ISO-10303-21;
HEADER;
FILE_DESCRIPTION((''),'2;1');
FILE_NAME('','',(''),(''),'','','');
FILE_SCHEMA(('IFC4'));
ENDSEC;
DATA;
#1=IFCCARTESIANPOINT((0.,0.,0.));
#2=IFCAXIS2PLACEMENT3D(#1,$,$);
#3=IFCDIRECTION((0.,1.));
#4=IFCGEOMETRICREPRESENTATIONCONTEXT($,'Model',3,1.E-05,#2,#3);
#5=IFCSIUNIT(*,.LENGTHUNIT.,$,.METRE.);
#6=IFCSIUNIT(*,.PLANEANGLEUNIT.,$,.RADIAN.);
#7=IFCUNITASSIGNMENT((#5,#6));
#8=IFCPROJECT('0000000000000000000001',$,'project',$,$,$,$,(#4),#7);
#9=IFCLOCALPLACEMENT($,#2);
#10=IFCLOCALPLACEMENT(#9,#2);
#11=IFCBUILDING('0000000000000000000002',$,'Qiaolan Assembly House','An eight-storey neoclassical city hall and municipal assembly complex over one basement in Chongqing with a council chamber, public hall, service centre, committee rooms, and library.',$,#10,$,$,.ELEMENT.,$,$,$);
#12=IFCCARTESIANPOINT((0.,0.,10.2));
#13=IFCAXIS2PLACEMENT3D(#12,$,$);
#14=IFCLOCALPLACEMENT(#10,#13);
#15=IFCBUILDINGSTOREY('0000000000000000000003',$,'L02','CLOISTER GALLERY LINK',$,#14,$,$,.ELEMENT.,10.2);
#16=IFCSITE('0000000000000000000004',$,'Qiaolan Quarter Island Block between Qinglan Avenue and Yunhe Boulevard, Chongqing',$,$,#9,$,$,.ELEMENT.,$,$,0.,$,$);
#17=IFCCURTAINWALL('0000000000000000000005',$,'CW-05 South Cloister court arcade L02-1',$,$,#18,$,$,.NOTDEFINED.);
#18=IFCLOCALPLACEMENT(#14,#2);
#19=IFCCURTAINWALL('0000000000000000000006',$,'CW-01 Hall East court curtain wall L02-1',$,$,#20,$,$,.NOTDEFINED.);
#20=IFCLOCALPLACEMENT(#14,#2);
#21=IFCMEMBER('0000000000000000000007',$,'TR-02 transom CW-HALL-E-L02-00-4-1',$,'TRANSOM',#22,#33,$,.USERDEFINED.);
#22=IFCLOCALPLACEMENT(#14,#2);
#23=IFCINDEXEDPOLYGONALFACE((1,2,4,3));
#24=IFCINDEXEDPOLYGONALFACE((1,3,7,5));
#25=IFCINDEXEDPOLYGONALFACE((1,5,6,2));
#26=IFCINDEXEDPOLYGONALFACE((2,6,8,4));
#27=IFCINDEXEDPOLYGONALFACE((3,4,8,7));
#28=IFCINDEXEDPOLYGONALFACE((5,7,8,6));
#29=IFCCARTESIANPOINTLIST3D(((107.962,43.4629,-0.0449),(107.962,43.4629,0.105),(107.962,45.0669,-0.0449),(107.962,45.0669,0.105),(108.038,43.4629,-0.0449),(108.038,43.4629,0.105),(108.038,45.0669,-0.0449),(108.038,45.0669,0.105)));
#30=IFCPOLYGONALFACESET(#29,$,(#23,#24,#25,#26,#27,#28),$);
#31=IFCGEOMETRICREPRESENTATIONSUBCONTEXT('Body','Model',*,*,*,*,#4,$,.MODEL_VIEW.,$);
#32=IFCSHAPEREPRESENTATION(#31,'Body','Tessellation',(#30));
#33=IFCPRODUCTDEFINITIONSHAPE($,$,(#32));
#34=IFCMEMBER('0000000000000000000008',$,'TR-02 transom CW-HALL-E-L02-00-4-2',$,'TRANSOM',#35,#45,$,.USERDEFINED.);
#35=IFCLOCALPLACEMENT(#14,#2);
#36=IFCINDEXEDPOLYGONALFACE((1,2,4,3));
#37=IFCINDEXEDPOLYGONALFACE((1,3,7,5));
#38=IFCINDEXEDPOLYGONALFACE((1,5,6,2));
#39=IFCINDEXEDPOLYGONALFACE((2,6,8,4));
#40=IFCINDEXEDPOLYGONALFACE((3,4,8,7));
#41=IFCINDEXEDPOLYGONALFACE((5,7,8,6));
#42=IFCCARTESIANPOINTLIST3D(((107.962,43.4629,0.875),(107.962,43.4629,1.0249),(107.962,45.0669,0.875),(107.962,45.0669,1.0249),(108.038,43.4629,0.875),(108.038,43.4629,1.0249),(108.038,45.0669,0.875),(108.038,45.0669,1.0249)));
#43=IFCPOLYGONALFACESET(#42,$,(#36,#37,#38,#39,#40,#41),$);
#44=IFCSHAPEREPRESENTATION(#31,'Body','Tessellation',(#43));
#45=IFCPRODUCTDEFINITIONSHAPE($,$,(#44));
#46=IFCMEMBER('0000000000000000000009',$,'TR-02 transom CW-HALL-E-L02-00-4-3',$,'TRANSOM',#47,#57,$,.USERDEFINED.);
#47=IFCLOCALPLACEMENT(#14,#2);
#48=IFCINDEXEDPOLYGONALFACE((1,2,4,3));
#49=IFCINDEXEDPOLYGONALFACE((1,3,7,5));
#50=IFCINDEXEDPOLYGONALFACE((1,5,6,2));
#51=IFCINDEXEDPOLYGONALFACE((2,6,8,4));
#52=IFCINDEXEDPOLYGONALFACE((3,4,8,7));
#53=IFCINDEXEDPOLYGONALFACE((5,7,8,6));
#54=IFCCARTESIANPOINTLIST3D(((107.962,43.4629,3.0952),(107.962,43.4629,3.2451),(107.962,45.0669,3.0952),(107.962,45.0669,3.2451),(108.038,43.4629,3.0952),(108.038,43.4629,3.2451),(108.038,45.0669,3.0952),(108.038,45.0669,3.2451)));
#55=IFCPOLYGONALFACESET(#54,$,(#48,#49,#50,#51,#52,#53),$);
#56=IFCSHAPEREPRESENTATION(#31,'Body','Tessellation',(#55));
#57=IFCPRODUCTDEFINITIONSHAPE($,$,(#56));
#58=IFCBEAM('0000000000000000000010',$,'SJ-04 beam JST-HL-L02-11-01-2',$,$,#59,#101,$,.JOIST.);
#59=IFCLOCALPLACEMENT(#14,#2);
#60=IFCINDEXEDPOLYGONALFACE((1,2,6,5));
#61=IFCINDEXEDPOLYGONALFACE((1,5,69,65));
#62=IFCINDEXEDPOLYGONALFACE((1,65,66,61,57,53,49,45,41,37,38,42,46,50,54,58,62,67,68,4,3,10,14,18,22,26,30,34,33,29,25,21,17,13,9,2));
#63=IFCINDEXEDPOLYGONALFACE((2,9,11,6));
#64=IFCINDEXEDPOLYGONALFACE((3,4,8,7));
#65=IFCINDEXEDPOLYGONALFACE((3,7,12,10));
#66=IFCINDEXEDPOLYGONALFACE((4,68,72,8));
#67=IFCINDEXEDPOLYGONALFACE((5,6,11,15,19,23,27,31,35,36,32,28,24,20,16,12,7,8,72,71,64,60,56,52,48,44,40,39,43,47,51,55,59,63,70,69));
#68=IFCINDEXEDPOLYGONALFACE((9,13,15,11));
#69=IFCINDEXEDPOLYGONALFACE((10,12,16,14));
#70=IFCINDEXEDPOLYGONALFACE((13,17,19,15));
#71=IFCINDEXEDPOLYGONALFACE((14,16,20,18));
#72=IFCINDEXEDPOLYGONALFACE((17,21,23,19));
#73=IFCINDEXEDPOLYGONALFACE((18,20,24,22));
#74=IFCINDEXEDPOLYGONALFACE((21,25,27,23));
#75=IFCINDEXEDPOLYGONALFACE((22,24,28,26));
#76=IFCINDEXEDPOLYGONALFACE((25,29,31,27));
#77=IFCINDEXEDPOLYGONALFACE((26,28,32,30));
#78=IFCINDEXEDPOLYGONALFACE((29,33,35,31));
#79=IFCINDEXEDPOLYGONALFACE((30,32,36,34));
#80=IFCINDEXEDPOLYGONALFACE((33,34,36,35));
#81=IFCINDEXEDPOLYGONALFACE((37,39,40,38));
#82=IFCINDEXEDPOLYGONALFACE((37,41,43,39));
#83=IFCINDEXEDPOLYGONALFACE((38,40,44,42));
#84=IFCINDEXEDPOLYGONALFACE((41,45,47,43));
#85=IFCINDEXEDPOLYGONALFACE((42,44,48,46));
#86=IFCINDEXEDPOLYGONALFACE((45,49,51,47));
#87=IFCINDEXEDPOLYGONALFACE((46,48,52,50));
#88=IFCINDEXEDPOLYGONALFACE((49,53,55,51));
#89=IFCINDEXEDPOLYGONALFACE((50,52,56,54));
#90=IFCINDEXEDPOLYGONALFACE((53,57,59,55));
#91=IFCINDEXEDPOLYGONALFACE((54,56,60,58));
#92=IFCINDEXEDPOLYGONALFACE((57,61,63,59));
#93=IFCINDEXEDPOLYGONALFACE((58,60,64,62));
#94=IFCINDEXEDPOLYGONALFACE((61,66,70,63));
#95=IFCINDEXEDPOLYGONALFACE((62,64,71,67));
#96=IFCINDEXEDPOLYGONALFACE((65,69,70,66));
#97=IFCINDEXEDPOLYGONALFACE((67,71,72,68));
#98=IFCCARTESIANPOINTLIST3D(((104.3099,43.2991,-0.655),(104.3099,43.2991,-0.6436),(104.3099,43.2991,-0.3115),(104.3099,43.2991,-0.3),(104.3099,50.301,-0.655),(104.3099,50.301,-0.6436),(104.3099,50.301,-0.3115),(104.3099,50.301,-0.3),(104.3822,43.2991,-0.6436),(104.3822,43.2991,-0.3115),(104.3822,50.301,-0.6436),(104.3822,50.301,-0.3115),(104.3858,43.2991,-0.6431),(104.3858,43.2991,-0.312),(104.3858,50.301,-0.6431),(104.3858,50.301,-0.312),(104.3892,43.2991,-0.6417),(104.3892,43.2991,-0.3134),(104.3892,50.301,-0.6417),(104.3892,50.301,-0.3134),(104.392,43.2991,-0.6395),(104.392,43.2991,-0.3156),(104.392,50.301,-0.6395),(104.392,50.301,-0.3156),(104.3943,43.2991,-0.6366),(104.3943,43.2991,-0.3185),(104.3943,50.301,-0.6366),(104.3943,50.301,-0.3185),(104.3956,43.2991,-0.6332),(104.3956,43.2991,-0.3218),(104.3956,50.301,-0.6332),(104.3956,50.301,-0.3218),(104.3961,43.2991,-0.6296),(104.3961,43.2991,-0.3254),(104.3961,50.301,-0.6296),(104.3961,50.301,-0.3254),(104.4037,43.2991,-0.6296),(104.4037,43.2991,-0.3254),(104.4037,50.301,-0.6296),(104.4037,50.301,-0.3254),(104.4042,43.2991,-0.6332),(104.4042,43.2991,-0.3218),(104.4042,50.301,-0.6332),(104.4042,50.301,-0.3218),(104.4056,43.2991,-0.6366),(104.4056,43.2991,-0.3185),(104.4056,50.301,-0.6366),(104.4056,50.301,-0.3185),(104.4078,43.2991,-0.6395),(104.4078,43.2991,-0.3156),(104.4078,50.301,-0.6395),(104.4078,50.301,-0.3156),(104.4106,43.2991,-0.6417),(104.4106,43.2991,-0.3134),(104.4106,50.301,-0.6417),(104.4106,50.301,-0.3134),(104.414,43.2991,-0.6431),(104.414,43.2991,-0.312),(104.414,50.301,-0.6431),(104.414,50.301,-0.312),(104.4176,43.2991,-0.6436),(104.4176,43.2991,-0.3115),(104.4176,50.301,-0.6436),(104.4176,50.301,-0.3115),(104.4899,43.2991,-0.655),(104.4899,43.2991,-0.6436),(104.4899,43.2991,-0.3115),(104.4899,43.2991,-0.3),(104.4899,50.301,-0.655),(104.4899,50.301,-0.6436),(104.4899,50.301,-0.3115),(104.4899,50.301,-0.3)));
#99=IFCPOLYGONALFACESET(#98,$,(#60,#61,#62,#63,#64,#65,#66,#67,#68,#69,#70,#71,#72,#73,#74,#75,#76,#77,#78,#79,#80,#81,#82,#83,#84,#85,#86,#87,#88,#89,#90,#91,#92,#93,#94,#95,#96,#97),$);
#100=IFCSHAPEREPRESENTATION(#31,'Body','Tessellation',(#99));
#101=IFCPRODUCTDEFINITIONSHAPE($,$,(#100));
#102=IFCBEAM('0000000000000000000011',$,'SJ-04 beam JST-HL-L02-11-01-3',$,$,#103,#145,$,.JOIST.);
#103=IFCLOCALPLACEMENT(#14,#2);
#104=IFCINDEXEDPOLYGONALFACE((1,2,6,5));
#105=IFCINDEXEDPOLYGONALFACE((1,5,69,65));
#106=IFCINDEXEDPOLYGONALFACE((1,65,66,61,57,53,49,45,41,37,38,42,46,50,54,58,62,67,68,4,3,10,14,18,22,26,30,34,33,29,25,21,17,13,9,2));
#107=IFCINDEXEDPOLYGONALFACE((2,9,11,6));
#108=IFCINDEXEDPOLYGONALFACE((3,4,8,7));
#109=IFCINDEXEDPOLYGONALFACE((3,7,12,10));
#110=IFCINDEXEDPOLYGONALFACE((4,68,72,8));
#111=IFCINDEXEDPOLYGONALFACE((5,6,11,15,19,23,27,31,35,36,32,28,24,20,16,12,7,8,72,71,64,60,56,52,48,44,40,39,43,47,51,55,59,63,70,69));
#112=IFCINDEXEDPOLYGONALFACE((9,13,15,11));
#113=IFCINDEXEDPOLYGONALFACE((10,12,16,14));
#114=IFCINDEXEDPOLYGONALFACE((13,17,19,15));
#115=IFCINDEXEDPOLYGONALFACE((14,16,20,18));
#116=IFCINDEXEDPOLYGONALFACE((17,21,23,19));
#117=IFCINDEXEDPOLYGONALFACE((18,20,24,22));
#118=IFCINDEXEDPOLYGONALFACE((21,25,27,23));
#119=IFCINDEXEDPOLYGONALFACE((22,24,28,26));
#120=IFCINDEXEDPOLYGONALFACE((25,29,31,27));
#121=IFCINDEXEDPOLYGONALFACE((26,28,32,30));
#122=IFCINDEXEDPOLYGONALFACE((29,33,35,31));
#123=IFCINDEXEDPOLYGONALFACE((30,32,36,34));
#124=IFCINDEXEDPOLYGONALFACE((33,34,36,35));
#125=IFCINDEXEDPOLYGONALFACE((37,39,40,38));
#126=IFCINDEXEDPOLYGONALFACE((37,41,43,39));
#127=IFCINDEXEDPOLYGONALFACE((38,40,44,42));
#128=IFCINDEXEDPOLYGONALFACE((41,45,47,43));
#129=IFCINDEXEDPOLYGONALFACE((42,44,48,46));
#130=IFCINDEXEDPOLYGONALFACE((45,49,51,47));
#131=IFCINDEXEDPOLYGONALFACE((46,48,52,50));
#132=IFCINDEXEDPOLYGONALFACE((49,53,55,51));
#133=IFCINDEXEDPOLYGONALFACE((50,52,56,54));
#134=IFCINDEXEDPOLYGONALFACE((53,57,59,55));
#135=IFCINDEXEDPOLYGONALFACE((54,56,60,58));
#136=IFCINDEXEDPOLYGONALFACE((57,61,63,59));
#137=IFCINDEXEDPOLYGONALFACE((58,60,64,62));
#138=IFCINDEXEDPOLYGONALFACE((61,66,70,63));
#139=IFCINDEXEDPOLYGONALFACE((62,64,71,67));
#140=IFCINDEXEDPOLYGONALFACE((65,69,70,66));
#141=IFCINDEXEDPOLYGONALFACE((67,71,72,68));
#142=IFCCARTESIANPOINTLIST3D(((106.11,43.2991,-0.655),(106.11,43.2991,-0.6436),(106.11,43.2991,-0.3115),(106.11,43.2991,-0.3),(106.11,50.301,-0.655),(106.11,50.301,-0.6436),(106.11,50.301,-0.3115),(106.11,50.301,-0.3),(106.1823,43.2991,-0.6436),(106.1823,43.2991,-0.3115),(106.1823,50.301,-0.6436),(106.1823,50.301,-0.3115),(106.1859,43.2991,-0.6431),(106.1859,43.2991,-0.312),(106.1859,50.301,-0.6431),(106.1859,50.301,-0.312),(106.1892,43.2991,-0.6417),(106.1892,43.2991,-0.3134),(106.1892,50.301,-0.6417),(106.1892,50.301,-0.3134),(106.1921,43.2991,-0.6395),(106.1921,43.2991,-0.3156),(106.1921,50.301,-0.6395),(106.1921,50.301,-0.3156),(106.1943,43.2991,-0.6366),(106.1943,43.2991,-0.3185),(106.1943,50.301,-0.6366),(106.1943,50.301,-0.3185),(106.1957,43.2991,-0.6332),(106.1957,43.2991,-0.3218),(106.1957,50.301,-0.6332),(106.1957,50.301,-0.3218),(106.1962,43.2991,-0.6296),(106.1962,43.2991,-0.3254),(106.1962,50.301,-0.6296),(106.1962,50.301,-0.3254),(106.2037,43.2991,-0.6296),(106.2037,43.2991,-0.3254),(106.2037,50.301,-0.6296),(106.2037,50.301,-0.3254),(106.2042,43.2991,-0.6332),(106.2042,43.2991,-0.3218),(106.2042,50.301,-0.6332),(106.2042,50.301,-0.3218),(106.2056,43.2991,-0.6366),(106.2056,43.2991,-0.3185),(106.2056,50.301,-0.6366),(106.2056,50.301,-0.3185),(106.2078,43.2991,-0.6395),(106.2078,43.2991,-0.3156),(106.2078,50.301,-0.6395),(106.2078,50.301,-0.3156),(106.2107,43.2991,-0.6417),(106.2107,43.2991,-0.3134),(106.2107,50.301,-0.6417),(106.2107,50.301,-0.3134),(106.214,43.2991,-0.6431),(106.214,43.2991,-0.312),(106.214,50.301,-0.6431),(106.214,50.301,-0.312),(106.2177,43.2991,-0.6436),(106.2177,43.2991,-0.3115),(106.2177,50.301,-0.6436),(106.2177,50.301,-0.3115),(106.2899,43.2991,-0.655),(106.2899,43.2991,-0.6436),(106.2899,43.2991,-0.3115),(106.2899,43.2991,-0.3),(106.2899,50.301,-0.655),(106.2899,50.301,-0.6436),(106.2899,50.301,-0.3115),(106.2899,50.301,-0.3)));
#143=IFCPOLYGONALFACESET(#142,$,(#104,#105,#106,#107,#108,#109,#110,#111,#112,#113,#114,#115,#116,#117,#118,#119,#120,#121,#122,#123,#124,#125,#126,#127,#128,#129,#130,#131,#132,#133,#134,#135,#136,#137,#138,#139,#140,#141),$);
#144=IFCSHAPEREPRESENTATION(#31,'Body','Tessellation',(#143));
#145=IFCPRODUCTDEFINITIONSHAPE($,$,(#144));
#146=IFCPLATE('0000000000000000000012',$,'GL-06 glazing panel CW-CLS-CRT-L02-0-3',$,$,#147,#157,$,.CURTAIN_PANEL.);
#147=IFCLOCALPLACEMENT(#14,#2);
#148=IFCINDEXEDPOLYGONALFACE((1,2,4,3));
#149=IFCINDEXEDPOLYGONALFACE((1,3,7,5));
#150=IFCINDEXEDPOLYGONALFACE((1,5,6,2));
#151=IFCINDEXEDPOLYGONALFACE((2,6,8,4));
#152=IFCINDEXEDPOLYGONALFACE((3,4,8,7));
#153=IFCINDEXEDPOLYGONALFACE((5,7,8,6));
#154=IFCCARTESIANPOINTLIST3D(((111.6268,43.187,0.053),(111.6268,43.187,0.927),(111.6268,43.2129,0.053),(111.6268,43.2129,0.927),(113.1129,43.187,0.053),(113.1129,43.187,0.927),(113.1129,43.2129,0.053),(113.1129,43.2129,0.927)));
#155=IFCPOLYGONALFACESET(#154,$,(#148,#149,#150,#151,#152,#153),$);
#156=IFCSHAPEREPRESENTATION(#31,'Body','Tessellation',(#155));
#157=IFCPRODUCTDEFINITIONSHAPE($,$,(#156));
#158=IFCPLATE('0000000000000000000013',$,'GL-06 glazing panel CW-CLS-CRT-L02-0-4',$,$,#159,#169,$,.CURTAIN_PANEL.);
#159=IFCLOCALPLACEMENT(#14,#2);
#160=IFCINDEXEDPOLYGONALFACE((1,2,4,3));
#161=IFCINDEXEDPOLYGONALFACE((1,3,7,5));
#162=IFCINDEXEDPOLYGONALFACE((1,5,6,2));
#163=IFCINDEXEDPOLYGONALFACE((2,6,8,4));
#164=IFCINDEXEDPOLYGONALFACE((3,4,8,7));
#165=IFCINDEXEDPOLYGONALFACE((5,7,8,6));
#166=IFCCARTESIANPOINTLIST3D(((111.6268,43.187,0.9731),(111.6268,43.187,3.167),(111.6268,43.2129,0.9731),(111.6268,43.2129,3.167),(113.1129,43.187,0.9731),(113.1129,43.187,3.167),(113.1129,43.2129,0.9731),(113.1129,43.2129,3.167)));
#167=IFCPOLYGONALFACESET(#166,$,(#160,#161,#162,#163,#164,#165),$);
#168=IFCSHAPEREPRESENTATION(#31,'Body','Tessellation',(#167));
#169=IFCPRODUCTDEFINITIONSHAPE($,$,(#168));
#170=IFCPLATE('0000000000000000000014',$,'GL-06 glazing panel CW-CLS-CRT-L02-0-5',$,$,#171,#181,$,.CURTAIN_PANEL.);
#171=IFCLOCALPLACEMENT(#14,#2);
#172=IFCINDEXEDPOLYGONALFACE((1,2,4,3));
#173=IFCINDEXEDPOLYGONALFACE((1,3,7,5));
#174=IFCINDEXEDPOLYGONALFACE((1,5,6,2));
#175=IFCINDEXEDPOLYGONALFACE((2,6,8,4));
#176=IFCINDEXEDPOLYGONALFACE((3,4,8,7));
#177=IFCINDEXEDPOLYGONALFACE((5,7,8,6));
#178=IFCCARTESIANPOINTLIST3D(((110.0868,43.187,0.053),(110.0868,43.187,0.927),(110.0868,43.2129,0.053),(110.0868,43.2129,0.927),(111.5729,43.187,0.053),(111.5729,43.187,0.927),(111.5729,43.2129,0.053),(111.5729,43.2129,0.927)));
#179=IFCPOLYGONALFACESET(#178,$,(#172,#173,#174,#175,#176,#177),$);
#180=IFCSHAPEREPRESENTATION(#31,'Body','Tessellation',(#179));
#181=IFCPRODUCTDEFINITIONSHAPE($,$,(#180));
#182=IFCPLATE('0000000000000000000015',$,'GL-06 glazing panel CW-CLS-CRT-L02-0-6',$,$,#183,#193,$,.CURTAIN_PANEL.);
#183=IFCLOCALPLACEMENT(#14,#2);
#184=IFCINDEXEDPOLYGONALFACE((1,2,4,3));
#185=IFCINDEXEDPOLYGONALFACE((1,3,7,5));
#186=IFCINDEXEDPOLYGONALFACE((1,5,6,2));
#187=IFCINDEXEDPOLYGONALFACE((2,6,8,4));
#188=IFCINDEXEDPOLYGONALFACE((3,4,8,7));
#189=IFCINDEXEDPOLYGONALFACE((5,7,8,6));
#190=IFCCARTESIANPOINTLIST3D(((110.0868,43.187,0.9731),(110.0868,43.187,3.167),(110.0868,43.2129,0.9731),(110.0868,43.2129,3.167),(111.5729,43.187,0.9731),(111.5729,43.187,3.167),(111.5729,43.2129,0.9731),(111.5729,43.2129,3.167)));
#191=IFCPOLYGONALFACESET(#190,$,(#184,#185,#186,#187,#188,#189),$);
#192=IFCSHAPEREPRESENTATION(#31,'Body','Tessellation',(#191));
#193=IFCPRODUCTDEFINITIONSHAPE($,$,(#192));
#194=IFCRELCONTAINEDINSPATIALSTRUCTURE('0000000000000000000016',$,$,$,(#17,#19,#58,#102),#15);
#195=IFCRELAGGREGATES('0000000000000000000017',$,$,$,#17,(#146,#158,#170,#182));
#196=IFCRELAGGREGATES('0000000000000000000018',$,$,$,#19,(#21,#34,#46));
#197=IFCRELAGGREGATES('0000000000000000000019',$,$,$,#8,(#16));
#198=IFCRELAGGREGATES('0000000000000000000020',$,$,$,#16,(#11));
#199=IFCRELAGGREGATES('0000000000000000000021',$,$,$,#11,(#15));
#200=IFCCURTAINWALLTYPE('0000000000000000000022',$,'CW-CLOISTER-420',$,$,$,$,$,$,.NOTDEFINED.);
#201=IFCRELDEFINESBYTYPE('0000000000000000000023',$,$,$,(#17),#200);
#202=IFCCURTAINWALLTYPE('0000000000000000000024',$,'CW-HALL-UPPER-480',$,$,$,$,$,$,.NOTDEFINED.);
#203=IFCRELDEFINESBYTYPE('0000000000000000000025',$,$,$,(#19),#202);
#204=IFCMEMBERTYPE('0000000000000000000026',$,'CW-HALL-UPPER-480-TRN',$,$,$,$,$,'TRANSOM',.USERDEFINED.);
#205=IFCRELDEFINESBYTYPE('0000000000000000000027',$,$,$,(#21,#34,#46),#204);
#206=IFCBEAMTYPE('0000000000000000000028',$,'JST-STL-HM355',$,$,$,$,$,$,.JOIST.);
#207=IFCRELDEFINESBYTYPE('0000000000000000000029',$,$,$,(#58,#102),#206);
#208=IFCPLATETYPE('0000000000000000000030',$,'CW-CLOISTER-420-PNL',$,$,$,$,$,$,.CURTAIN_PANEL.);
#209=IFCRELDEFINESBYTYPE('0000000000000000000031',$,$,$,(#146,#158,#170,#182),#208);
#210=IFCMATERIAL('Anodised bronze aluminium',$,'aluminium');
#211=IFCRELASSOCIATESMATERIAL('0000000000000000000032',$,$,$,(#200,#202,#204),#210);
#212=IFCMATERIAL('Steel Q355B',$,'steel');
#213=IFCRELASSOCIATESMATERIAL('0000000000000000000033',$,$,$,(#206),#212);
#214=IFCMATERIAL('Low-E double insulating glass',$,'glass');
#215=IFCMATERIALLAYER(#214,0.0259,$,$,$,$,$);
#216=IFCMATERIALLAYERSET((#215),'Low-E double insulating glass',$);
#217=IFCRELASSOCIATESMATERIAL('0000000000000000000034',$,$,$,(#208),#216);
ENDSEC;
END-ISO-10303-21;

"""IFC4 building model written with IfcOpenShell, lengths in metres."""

from ifc_helpers import new_model, si_unit, direction, frame, frame_2d, origin, origin_2d, place, context, subcontext, project, spatial, rectangle, i_section, extrude, material, layer, layer_set, material_profile, profile_set, type_object, element, aggregate, save


model = new_model("IFC4")

# Units and contexts
model_context = context("Model", 3, precision=1e-05, world=origin(), true_north=direction((0.0, 1.0)))
body_context = subcontext(model_context, "Body", "Model", "MODEL_VIEW")
ifc_project = project(units=[si_unit("LENGTHUNIT", "METRE"), si_unit("PLANEANGLEUNIT", "RADIAN")], contexts=[model_context])

# Site, building, storey
site_placement = place(None, origin())
site = spatial("IfcSite", under=ifc_project, at=site_placement, Name="Qiaolan Quarter Island Block between Qinglan Avenue and Yunhe Boulevard, Chongqing", CompositionType="ELEMENT", RefElevation=0.0)
building_placement = place(site_placement, origin())
building = spatial("IfcBuilding", under=site, at=building_placement, Name="Qiaolan Assembly House", Description="An eight-storey neoclassical city hall and municipal assembly complex over one basement in Chongqing with a council chamber, public hall, service centre, committee rooms, and library.", CompositionType="ELEMENT")
storey_placement = place(building_placement, frame((0.0, 0.0, 10.2)))
storey = spatial("IfcBuildingStorey", under=building, at=storey_placement, Name="L02", Description="CLOISTER GALLERY LINK", CompositionType="ELEMENT", Elevation=10.2)

# Shared definitions
ifc_material_1 = material(Name="Steel Q355B", Category="steel")

# Curtain walls, members
ifc_material_2 = material(Name="Anodised bronze aluminium", Category="aluminium")
curtain_wall_type_1 = type_object("IfcCurtainWallType", Name="CW-CLOISTER-420", PredefinedType="NOTDEFINED", material=ifc_material_2)
curtain_wall_1_placement = place(storey_placement, origin())
curtain_wall_1 = element("IfcCurtainWall", 1, at=curtain_wall_1_placement, inside=storey, type_object=curtain_wall_type_1, Name="CW-05 South Cloister court arcade L02-1", PredefinedType="NOTDEFINED")
curtain_wall_type_2 = type_object("IfcCurtainWallType", Name="CW-HALL-UPPER-480", PredefinedType="NOTDEFINED", material=ifc_material_2)
curtain_wall_2_placement = place(storey_placement, origin())
curtain_wall_2 = element("IfcCurtainWall", 2, at=curtain_wall_2_placement, inside=storey, type_object=curtain_wall_type_2, Name="CW-01 Hall East court curtain wall L02-1", PredefinedType="NOTDEFINED")
ifc_material_profile_1 = material_profile(ifc_material_2, rectangle(XDim=0.0759, YDim=0.1499, at=origin_2d()), Name="TRN 76x150")
ifc_profile_set_1 = profile_set([ifc_material_profile_1], Name="Anodised bronze aluminium")
member_type_1 = type_object("IfcMemberType", Name="CW-HALL-UPPER-480-TRN", ElementType="TRANSOM", PredefinedType="USERDEFINED", material=ifc_profile_set_1)
member_1_placement = place(storey_placement, frame((108.0, 45.0669, 0.03), z_axis=(0.0, -1.0, 0.0), x_axis=(1.0, 0.0, 0.0)))
member_1 = element("IfcMember", 3, at=member_1_placement, type_object=member_type_1, Name="TR-02 transom CW-HALL-E-L02-00-4-1", ObjectType="TRANSOM", PredefinedType="USERDEFINED", context=body_context, shape_type="SweptSolid", body=[
    extrude(rectangle(XDim=0.0759, YDim=0.1499, at=origin_2d()), origin(), (0.0, 0.0, 1.0), 1.604),
])
member_2_placement = place(storey_placement, frame((108.0, 45.0669, 0.95), z_axis=(0.0, -1.0, 0.0), x_axis=(1.0, 0.0, 0.0)))
member_2 = element("IfcMember", 4, at=member_2_placement, type_object=member_type_1, Name="TR-02 transom CW-HALL-E-L02-00-4-2", ObjectType="TRANSOM", PredefinedType="USERDEFINED", context=body_context, shape_type="SweptSolid", body=[
    extrude(rectangle(XDim=0.0759, YDim=0.1499, at=origin_2d()), origin(), (0.0, 0.0, 1.0), 1.604),
])
member_3_placement = place(storey_placement, frame((108.0, 45.0669, 3.1702), z_axis=(0.0, -1.0, 0.0), x_axis=(1.0, 0.0, 0.0)))
member_3 = element("IfcMember", 5, at=member_3_placement, type_object=member_type_1, Name="TR-02 transom CW-HALL-E-L02-00-4-3", ObjectType="TRANSOM", PredefinedType="USERDEFINED", context=body_context, shape_type="SweptSolid", body=[
    extrude(rectangle(XDim=0.0759, YDim=0.1499, at=origin_2d()), origin(), (0.0, 0.0, 1.0), 1.604),
])

# Beams
ifc_material_profile_2 = material_profile(ifc_material_1, i_section(OverallWidth=0.1799, OverallDepth=0.355, WebThickness=0.0076, FlangeThickness=0.0115, FilletRadius=0.0139, at=origin_2d()), Name="HM 355x180x7.5x11.5")
ifc_profile_set_2 = profile_set([ifc_material_profile_2], Name="Steel Q355B")
beam_type_1 = type_object("IfcBeamType", Name="JST-STL-HM355", PredefinedType="JOIST", material=ifc_profile_set_2)
for number, where, z_axis, x_axis, name in (
    (6, (104.3999, 43.2991, -0.4775), (0.0, 1.0, 0.0), (-1.0, 0.0, 0.0), "SJ-04 beam JST-HL-L02-11-01-2"),
    (7, (106.2, 43.2991, -0.4775), (0.0, 1.0, 0.0), (-1.0, 0.0, 0.0), "SJ-04 beam JST-HL-L02-11-01-3"),
):
    element("IfcBeam", number, at=place(storey_placement, frame(where, z_axis=z_axis, x_axis=x_axis)), inside=storey, type_object=beam_type_1, Name=name, PredefinedType="JOIST", context=body_context, shape_type="SweptSolid", body=[
        extrude(i_section(OverallWidth=0.1799, OverallDepth=0.355, WebThickness=0.0076, FlangeThickness=0.0115, FilletRadius=0.0139, at=origin_2d()), origin(), (0.0, 0.0, 1.0), 7.002),
    ])

# Plates
ifc_material_3 = material(Name="Low-E double insulating glass", Category="glass")
ifc_layer_1 = layer(ifc_material_3, 0.0259)
ifc_layer_set_1 = layer_set([ifc_layer_1], Name="Low-E double insulating glass")
plate_type_1 = type_object("IfcPlateType", Name="CW-CLOISTER-420-PNL", PredefinedType="CURTAIN_PANEL", material=ifc_layer_set_1)
plate_1_placement = place(storey_placement, frame((113.113, 43.2, 0.053), z_axis=(0.0, 0.0, 1.0), x_axis=(-1.0, 0.0, 0.0)))
plate_1 = element("IfcPlate", 8, at=plate_1_placement, type_object=plate_type_1, Name="GL-06 glazing panel CW-CLS-CRT-L02-0-3", PredefinedType="CURTAIN_PANEL", context=body_context, shape_type="SweptSolid", body=[
    extrude(rectangle(XDim=1.4861, YDim=0.0259, at=frame_2d((0.7432, 0.0))), origin(), (0.0, 0.0, 1.0), 0.874),
])
plate_2_placement = place(storey_placement, frame((113.113, 43.2, 0.9731), z_axis=(0.0, 0.0, 1.0), x_axis=(-1.0, 0.0, 0.0)))
plate_2 = element("IfcPlate", 9, at=plate_2_placement, type_object=plate_type_1, Name="GL-06 glazing panel CW-CLS-CRT-L02-0-4", PredefinedType="CURTAIN_PANEL", context=body_context, shape_type="SweptSolid", body=[
    extrude(rectangle(XDim=1.4861, YDim=0.0259, at=frame_2d((0.7432, 0.0))), origin(), (0.0, 0.0, 1.0), 2.1938),
])
plate_3_placement = place(storey_placement, frame((111.573, 43.2, 0.053), z_axis=(0.0, 0.0, 1.0), x_axis=(-1.0, 0.0, 0.0)))
plate_3 = element("IfcPlate", 10, at=plate_3_placement, type_object=plate_type_1, Name="GL-06 glazing panel CW-CLS-CRT-L02-0-5", PredefinedType="CURTAIN_PANEL", context=body_context, shape_type="SweptSolid", body=[
    extrude(rectangle(XDim=1.4861, YDim=0.0259, at=frame_2d((0.7432, 0.0))), origin(), (0.0, 0.0, 1.0), 0.874),
])
plate_4_placement = place(storey_placement, frame((111.573, 43.2, 0.9731), z_axis=(0.0, 0.0, 1.0), x_axis=(-1.0, 0.0, 0.0)))
plate_4 = element("IfcPlate", 11, at=plate_4_placement, type_object=plate_type_1, Name="GL-06 glazing panel CW-CLS-CRT-L02-0-6", PredefinedType="CURTAIN_PANEL", context=body_context, shape_type="SweptSolid", body=[
    extrude(rectangle(XDim=1.4861, YDim=0.0259, at=frame_2d((0.7432, 0.0))), origin(), (0.0, 0.0, 1.0), 2.1938),
])
aggregate(curtain_wall_1, [plate_1, plate_2, plate_3, plate_4])
aggregate(curtain_wall_2, [member_1, member_2, member_3])

save(model, "model.ifc")
